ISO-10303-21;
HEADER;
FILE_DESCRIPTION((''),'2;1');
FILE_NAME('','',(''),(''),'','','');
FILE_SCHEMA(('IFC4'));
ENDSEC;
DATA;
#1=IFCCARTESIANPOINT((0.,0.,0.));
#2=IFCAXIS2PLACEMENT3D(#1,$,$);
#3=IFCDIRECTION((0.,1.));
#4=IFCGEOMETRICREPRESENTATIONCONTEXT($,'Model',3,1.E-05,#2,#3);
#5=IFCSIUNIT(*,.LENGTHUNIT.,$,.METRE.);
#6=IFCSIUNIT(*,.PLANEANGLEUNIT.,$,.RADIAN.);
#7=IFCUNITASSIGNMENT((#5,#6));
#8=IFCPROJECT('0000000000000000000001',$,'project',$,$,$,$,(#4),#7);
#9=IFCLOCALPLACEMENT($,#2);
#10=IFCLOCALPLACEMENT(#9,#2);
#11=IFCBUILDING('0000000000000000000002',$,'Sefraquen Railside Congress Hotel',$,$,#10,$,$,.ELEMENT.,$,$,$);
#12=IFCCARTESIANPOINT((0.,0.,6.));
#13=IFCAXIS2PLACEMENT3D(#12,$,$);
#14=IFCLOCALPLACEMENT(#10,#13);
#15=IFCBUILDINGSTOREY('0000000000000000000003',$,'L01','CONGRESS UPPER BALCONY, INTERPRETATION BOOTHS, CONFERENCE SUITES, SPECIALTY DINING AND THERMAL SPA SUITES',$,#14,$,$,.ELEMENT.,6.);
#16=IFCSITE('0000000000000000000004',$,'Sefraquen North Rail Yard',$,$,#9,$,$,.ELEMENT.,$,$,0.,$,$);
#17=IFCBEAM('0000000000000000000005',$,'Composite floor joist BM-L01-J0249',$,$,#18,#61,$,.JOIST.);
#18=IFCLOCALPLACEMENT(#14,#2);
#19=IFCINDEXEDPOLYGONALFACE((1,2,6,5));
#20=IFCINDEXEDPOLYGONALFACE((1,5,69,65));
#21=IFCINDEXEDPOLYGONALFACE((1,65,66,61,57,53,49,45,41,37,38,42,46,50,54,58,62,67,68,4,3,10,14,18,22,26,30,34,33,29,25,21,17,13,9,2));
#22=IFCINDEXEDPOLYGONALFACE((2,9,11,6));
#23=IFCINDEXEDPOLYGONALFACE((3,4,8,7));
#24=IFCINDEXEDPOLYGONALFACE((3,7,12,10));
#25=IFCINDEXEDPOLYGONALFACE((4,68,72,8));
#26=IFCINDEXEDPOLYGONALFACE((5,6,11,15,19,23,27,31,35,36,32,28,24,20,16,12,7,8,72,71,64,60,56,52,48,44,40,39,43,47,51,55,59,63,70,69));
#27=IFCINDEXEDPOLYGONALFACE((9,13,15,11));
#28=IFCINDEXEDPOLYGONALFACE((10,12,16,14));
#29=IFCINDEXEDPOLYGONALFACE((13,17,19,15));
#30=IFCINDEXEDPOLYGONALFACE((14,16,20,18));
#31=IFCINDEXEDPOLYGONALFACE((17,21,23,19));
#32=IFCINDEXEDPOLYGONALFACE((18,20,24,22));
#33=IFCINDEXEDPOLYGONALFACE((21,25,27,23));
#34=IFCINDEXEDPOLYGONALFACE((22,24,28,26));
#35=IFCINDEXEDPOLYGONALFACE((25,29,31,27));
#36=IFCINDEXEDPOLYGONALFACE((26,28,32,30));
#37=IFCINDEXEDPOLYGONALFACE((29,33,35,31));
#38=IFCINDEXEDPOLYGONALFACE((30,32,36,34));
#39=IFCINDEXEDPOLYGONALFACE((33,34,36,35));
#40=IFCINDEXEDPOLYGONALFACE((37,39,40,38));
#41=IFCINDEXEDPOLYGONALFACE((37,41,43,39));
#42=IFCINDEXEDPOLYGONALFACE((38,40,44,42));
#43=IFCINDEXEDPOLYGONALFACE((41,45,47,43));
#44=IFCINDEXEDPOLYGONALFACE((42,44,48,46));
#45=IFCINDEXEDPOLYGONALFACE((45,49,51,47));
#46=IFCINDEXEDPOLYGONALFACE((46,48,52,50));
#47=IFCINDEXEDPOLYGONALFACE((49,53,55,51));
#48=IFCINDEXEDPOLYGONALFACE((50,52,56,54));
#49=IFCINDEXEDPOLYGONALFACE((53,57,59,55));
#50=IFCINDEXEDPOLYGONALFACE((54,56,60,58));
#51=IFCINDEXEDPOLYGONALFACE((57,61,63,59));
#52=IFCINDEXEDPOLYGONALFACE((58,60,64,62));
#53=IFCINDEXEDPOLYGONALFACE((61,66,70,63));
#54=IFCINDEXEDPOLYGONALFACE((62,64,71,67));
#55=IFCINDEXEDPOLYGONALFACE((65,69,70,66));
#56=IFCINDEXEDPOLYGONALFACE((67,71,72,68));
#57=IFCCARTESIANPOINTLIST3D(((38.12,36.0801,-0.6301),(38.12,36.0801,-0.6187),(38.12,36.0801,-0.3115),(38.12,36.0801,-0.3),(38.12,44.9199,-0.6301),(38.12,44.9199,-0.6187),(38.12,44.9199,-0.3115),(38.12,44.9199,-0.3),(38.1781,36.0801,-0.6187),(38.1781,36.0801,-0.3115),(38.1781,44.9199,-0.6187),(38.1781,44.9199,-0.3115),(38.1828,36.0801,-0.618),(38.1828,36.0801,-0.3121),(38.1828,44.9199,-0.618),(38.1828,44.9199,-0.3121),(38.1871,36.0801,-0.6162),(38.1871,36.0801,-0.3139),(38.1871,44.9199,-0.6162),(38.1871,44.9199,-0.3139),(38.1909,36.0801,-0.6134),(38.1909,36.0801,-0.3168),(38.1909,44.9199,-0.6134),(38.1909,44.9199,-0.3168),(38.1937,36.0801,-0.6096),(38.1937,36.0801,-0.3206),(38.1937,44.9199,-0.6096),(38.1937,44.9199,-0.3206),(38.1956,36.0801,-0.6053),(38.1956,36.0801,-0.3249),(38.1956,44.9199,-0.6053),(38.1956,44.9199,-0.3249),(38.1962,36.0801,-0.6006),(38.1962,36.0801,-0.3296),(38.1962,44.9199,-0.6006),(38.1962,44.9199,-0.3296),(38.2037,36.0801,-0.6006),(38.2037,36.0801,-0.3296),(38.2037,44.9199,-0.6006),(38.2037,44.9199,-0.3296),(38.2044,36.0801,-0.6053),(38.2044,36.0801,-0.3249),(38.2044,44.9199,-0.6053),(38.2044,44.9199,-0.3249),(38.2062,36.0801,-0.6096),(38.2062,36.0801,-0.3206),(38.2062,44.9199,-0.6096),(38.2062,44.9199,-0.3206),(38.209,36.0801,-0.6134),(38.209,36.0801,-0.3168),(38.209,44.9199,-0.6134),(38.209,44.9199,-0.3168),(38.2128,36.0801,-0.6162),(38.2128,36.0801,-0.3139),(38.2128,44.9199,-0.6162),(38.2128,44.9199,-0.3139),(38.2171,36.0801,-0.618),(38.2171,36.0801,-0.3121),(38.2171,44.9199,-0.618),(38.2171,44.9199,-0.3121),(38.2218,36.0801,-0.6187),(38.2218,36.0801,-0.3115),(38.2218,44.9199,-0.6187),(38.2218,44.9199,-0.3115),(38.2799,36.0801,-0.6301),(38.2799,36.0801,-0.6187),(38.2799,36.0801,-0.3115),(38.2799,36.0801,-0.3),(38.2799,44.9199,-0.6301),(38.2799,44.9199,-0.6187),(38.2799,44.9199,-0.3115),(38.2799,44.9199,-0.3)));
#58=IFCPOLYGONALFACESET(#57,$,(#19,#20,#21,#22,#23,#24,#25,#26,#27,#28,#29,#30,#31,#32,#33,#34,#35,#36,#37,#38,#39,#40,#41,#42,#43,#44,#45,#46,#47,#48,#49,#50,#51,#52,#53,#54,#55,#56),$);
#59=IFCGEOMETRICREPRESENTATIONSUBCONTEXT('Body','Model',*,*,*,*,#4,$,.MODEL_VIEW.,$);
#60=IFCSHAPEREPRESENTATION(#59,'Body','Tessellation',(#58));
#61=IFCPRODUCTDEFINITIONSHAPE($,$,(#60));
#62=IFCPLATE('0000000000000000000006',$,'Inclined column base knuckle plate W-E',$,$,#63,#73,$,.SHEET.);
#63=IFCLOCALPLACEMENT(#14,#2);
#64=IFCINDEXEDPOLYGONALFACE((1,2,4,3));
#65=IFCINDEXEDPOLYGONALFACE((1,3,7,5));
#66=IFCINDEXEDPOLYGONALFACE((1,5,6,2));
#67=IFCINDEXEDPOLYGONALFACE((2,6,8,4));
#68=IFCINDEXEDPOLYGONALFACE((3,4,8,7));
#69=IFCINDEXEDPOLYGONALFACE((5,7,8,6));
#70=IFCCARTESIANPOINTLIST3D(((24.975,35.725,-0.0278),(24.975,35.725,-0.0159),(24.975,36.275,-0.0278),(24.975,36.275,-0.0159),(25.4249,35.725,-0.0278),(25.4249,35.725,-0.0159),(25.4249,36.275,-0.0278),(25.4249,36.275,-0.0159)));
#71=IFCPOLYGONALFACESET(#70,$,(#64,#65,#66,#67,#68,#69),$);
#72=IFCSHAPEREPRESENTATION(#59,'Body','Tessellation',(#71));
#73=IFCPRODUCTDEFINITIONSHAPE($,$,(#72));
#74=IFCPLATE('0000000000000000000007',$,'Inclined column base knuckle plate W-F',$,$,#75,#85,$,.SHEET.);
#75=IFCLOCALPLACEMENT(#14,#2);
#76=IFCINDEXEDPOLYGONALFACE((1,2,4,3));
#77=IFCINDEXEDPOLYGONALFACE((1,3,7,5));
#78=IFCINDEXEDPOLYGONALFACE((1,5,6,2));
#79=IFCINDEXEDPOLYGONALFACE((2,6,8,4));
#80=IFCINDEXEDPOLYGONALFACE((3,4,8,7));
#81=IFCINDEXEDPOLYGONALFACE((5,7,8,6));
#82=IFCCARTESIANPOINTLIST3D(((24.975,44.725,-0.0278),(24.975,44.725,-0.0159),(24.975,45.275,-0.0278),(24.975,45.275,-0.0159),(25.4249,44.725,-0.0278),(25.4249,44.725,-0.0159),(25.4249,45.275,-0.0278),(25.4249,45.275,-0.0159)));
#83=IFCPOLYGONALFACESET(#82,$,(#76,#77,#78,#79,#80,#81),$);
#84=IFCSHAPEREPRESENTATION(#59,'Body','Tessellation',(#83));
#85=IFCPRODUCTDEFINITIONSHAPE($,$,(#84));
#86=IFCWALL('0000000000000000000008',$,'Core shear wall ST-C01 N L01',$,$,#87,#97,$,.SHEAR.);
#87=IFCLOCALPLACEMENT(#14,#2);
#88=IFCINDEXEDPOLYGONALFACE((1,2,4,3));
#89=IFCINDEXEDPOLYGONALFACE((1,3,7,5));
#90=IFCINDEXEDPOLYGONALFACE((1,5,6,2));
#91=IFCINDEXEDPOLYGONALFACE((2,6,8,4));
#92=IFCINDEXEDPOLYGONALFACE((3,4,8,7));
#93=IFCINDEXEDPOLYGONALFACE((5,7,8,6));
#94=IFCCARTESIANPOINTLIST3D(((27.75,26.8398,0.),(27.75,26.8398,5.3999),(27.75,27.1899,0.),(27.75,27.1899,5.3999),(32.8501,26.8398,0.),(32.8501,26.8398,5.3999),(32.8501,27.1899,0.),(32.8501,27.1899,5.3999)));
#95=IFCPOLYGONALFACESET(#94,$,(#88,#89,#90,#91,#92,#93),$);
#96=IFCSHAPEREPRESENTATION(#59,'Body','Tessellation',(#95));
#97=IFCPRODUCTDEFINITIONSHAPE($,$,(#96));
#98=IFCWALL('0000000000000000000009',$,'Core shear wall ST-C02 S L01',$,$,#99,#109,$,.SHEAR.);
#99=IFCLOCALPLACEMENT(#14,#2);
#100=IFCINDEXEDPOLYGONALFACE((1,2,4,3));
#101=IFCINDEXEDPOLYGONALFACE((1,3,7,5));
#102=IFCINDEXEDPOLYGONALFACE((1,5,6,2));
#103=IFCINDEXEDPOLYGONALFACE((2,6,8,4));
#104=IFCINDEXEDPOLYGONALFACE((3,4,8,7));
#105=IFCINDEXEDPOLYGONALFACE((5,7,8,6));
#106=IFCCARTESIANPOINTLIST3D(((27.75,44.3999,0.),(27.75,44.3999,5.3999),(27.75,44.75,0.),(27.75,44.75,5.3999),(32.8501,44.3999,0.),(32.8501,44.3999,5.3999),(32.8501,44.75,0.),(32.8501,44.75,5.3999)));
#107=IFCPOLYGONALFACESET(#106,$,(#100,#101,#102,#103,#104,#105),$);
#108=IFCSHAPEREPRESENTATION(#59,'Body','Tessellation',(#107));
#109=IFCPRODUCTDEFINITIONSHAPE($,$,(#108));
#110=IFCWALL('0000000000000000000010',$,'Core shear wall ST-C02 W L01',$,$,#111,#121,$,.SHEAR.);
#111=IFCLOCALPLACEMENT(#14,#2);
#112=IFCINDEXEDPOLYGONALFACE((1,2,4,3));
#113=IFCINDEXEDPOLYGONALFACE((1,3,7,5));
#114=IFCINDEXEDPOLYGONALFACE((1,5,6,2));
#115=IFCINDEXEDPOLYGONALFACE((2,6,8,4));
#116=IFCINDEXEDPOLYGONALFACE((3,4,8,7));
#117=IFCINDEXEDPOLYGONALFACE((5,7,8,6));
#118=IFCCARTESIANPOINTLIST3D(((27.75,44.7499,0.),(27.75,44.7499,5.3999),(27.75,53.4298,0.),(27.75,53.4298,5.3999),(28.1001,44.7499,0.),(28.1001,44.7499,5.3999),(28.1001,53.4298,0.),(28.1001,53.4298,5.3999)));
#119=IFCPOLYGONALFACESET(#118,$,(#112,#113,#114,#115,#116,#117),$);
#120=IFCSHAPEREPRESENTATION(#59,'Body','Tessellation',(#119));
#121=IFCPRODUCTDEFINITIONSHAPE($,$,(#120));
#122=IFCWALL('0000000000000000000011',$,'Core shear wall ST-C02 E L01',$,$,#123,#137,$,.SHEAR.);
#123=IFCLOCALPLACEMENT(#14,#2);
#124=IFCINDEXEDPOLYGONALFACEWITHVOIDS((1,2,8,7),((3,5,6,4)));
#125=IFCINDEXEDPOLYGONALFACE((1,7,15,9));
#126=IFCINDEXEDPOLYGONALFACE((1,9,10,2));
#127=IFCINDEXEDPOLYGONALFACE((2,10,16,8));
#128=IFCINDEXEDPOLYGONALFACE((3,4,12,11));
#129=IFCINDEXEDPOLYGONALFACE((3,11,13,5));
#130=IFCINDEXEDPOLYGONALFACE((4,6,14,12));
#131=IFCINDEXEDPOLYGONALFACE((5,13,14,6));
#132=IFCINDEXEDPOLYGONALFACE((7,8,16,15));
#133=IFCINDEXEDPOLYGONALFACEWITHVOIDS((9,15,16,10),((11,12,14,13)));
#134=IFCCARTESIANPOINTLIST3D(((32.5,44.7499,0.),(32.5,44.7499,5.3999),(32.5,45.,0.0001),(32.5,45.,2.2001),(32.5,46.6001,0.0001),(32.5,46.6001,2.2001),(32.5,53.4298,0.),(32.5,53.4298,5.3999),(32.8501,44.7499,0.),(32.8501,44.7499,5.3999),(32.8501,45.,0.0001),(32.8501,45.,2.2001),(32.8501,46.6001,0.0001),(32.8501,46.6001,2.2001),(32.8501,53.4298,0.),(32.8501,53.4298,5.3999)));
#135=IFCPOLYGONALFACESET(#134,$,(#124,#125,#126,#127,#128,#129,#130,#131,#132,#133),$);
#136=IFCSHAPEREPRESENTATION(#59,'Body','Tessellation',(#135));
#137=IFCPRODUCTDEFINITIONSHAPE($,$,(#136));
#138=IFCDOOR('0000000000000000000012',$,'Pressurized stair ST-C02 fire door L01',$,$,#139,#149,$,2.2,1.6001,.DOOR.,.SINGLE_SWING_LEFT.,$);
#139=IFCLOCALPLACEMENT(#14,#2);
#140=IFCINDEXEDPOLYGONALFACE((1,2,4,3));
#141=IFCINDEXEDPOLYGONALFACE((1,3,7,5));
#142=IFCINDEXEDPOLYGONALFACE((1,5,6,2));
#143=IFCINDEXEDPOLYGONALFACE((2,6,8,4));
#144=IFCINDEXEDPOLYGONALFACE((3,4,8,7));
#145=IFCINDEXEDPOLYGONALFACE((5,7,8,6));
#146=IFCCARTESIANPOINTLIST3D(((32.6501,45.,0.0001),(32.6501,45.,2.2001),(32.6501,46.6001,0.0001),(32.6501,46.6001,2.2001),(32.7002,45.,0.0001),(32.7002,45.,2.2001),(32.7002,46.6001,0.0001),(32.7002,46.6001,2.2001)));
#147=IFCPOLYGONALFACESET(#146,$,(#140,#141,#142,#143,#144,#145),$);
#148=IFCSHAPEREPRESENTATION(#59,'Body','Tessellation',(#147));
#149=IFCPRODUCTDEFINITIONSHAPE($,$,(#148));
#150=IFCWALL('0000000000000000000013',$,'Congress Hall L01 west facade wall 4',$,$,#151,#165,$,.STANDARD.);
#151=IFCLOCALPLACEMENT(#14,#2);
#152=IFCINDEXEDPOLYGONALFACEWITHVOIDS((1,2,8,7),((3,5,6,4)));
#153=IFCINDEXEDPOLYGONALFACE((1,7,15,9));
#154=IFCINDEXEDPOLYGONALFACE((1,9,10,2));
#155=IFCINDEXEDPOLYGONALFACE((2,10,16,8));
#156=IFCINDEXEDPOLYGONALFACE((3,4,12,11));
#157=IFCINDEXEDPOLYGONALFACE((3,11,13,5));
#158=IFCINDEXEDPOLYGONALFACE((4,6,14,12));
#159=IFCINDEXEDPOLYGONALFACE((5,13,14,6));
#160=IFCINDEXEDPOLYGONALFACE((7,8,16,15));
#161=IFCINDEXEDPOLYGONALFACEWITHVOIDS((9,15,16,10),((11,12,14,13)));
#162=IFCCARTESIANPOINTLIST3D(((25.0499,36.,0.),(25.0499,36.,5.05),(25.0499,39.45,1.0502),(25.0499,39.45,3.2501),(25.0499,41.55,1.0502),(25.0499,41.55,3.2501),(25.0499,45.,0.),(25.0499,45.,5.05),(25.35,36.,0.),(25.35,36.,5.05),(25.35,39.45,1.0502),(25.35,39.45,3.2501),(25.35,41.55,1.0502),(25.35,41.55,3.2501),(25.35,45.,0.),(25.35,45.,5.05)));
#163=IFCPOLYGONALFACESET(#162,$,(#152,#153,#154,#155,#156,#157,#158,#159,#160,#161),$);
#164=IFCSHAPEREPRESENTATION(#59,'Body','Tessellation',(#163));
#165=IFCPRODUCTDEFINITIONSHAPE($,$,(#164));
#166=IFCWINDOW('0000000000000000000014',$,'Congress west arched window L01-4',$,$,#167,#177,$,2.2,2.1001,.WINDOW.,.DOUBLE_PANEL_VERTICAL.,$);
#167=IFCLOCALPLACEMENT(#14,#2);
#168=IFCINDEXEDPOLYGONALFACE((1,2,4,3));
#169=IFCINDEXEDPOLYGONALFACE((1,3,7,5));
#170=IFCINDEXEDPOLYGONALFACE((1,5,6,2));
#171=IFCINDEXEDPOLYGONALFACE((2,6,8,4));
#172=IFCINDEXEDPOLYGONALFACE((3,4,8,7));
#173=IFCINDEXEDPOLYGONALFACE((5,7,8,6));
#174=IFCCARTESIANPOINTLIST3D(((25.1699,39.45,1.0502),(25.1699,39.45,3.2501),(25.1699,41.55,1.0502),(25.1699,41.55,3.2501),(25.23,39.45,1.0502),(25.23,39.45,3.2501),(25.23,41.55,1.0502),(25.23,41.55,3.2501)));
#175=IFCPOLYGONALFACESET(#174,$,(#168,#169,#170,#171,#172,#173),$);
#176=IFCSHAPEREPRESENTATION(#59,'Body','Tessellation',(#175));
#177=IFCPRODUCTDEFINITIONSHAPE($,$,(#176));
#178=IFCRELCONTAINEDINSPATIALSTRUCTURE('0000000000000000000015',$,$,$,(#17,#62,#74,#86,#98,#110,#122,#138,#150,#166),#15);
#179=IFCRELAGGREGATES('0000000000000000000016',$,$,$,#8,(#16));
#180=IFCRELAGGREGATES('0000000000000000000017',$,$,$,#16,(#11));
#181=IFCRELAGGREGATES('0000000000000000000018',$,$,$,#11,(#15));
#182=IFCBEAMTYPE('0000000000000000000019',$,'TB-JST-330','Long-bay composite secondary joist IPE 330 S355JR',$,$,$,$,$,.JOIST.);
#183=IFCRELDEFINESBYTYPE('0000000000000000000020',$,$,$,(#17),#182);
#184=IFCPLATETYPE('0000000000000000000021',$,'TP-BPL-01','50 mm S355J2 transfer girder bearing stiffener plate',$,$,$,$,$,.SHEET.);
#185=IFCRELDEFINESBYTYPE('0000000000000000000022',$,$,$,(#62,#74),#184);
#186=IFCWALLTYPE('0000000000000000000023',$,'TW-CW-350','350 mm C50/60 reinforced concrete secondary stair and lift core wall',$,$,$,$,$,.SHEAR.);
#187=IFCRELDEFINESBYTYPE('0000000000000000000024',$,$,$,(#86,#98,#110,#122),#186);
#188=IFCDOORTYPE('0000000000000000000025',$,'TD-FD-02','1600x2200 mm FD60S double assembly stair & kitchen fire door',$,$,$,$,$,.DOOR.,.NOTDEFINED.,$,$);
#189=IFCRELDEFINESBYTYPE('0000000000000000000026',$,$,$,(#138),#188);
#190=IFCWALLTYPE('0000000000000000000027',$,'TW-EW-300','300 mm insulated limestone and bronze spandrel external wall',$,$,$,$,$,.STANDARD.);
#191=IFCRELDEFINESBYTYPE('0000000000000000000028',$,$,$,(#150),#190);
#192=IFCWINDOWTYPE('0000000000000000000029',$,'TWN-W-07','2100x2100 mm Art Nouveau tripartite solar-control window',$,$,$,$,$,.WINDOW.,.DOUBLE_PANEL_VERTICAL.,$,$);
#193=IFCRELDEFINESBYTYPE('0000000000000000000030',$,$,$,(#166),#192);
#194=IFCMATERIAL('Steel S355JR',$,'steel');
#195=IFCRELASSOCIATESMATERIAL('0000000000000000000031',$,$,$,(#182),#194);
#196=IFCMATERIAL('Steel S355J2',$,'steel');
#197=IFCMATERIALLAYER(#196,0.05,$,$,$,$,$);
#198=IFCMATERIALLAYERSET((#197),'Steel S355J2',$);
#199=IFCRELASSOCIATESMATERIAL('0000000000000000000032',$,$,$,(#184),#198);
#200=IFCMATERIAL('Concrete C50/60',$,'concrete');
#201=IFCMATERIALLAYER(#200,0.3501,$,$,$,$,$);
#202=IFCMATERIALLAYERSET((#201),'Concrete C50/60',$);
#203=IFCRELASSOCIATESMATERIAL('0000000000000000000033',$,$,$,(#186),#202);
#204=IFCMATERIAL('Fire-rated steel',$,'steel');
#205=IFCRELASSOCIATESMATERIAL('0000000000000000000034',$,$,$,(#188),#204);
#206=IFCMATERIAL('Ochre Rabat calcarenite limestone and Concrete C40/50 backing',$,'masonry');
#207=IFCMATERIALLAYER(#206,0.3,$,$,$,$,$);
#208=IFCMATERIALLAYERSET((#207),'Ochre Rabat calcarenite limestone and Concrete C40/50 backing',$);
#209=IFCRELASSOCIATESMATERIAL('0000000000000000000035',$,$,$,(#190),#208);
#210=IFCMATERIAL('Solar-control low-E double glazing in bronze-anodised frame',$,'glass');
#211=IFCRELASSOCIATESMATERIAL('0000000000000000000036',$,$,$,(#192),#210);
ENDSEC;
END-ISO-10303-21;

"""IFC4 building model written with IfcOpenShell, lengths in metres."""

from ifc_helpers import new_model, si_unit, direction, frame, frame_2d, origin, origin_2d, place, context, subcontext, project, spatial, rectangle, i_section, extrude, material, layer, layer_set, material_profile, profile_set, type_object, element, fill, save


model = new_model("IFC4")

# Units and contexts
model_context = context("Model", 3, precision=1e-05, world=origin(), true_north=direction((0.0, 1.0)))
body_context = subcontext(model_context, "Body", "Model", "MODEL_VIEW")
ifc_project = project(units=[si_unit("LENGTHUNIT", "METRE"), si_unit("PLANEANGLEUNIT", "RADIAN")], contexts=[model_context])

# Site, building, storey
site_placement = place(None, origin())
site = spatial("IfcSite", under=ifc_project, at=site_placement, Name="Sefraquen North Rail Yard", CompositionType="ELEMENT", RefElevation=0.0)
building_placement = place(site_placement, origin())
building = spatial("IfcBuilding", under=site, at=building_placement, Name="Sefraquen Railside Congress Hotel", CompositionType="ELEMENT")
storey_placement = place(building_placement, frame((0.0, 0.0, 6.0)))
storey = spatial("IfcBuildingStorey", under=building, at=storey_placement, Name="L01", Description="CONGRESS UPPER BALCONY, INTERPRETATION BOOTHS, CONFERENCE SUITES, SPECIALTY DINING AND THERMAL SPA SUITES", CompositionType="ELEMENT", Elevation=6.0)

# Shared definitions
ifc_material_1 = material(Name="Steel S355JR", Category="steel")
ifc_material_2 = material(Name="Steel S355J2", Category="steel")

# Beam
ifc_material_profile_1 = material_profile(ifc_material_1, i_section(OverallWidth=0.1599, OverallDepth=0.3301, WebThickness=0.0076, FlangeThickness=0.0115, FilletRadius=0.0181, at=origin_2d()), Name="IPE 330")
ifc_profile_set_1 = profile_set([ifc_material_profile_1], Name="Steel S355JR")
beam_type_1 = type_object("IfcBeamType", Name="TB-JST-330", Description="Long-bay composite secondary joist IPE 330 S355JR", PredefinedType="JOIST", material=ifc_profile_set_1)
for number, where, z_axis, x_axis, name in (
    (1, (38.2, 36.0801, -0.4651), (0.0, 1.0, 0.0), (-1.0, 0.0, 0.0), "Composite floor joist BM-L01-J0249"),
):
    element("IfcBeam", number, at=place(storey_placement, frame(where, z_axis=z_axis, x_axis=x_axis)), inside=storey, type_object=beam_type_1, Name=name, PredefinedType="JOIST", context=body_context, shape_type="SweptSolid", body=[
        extrude(i_section(OverallWidth=0.1599, OverallDepth=0.3301, WebThickness=0.0076, FlangeThickness=0.0115, FilletRadius=0.0181, at=origin_2d()), origin(), (0.0, 0.0, 1.0), 8.8398),
    ])

# Plates
ifc_layer_1 = layer(ifc_material_2, 0.05)
ifc_layer_set_1 = layer_set([ifc_layer_1], Name="Steel S355J2")
plate_type = type_object("IfcPlateType", Name="TP-BPL-01", Description="50 mm S355J2 transfer girder bearing stiffener plate", PredefinedType="SHEET", material=ifc_layer_set_1)
for number, where, z_axis, x_axis, name in (
    (2, (25.2, 36.0, -0.0278), (0.0, 0.0, 1.0), (1.0, 0.0, 0.0), "Inclined column base knuckle plate W-E"),
    (3, (25.2, 45.0, -0.0278), (0.0, 0.0, 1.0), (1.0, 0.0, 0.0), "Inclined column base knuckle plate W-F"),
):
    element("IfcPlate", number, at=place(storey_placement, frame(where, z_axis=z_axis, x_axis=x_axis)), inside=storey, type_object=plate_type, Name=name, PredefinedType="SHEET", context=body_context, shape_type="SweptSolid", body=[
        extrude(rectangle(XDim=0.45, YDim=0.55, at=origin_2d()), origin(), (0.0, 0.0, 1.0), 0.012),
    ])

# Walls
ifc_material_3 = material(Name="Concrete C50/60", Category="concrete")
ifc_layer_2 = layer(ifc_material_3, 0.3501)
ifc_layer_set_2 = layer_set([ifc_layer_2], Name="Concrete C50/60")
wall_type_1 = type_object("IfcWallType", Name="TW-CW-350", Description="350 mm C50/60 reinforced concrete secondary stair and lift core wall", PredefinedType="SHEAR", material=ifc_layer_set_2)
for number, where, z_axis, x_axis, name in (
    (4, (27.75, 27.0149, 0.0), (0.0, 0.0, 1.0), (1.0, 0.0, 0.0), "Core shear wall ST-C01 N L01"),
    (5, (27.75, 44.575, 0.0), (0.0, 0.0, 1.0), (1.0, 0.0, 0.0), "Core shear wall ST-C02 S L01"),
):
    element("IfcWall", number, at=place(storey_placement, frame(where, z_axis=z_axis, x_axis=x_axis)), inside=storey, type_object=wall_type_1, Name=name, PredefinedType="SHEAR", context=body_context, shape_type="SweptSolid", body=[
        extrude(rectangle(XDim=5.1001, YDim=0.3501, at=frame_2d((2.55, 0.0))), origin(), (0.0, 0.0, 1.0), 5.3999),
    ])
wall_1_placement = place(storey_placement, frame((27.925, 44.75, 0.0), z_axis=(0.0, 0.0, 1.0), x_axis=(0.0, 1.0, 0.0)))
element("IfcWall", 6, at=wall_1_placement, inside=storey, type_object=wall_type_1, Name="Core shear wall ST-C02 W L01", PredefinedType="SHEAR", context=body_context, shape_type="SweptSolid", body=[
    extrude(rectangle(XDim=8.6799, YDim=0.3501, at=frame_2d((4.3398, 0.0))), origin(), (0.0, 0.0, 1.0), 5.3999),
])

# Wall, opening, door
wall_2_placement = place(storey_placement, frame((32.675, 44.75, 0.0), z_axis=(0.0, 0.0, 1.0), x_axis=(0.0, 1.0, 0.0)))
wall_2 = element("IfcWall", 7, at=wall_2_placement, inside=storey, type_object=wall_type_1, Name="Core shear wall ST-C02 E L01", PredefinedType="SHEAR", context=body_context, shape_type="SweptSolid", body=[
    extrude(rectangle(XDim=8.6799, YDim=0.3501, at=frame_2d((4.3398, 0.0))), origin(), (0.0, 0.0, 1.0), 5.3999),
])
opening_1_placement = place(wall_2_placement, frame((0.25, 0.0, 0.0)))
opening_1 = element("IfcOpeningElement", 8, at=opening_1_placement, cuts=wall_2, PredefinedType="OPENING", context=body_context, shape_type="SweptSolid", body=[
    extrude(rectangle(XDim=1.6001, YDim=2.2, at=frame_2d((0.8, 1.1001))), frame((0.0, 0.1851, 0.0), z_axis=(0.0, -1.0, 0.0), x_axis=(1.0, 0.0, 0.0)), (0.0, 0.0, 1.0), 0.3701),
])
ifc_material_4 = material(Name="Fire-rated steel", Category="steel")
door_type_1 = type_object("IfcDoorType", Name="TD-FD-02", Description="1600x2200 mm FD60S double assembly stair & kitchen fire door", OperationType="NOTDEFINED", PredefinedType="DOOR", material=ifc_material_4)
door_1_placement = place(opening_1_placement, origin())
door_1 = element("IfcDoor", 9, at=door_1_placement, inside=storey, type_object=door_type_1, Name="Pressurized stair ST-C02 fire door L01", OperationType="SINGLE_SWING_LEFT", OverallHeight=2.2, OverallWidth=1.6001, PredefinedType="DOOR", context=body_context, shape_type="SweptSolid", body=[
    extrude(rectangle(XDim=1.6001, YDim=2.2, at=frame_2d((0.8, 1.1001))), frame((0.0, 0.0249, 0.0), z_axis=(0.0, -1.0, 0.0), x_axis=(1.0, 0.0, 0.0)), (0.0, 0.0, 1.0), 0.05),
])
fill(opening_1, door_1)

# Wall, opening, window
ifc_material_5 = material(Name="Ochre Rabat calcarenite limestone and Concrete C40/50 backing", Category="masonry")
ifc_layer_3 = layer(ifc_material_5, 0.3)
ifc_layer_set_3 = layer_set([ifc_layer_3], Name="Ochre Rabat calcarenite limestone and Concrete C40/50 backing")
wall_type_2 = type_object("IfcWallType", Name="TW-EW-300", Description="300 mm insulated limestone and bronze spandrel external wall", PredefinedType="STANDARD", material=ifc_layer_set_3)
wall_3_placement = place(storey_placement, frame((25.2, 36.0, 0.0), z_axis=(0.0, 0.0, 1.0), x_axis=(0.0, 1.0, 0.0)))
wall_3 = element("IfcWall", 10, at=wall_3_placement, inside=storey, type_object=wall_type_2, Name="Congress Hall L01 west facade wall 4", PredefinedType="STANDARD", context=body_context, shape_type="SweptSolid", body=[
    extrude(rectangle(XDim=9.0, YDim=0.3, at=frame_2d((4.5, 0.0))), origin(), (0.0, 0.0, 1.0), 5.05),
])
opening_2_placement = place(wall_3_placement, frame((3.45, 0.0, 1.05)))
opening_2 = element("IfcOpeningElement", 11, at=opening_2_placement, cuts=wall_3, PredefinedType="OPENING", context=body_context, shape_type="SweptSolid", body=[
    extrude(rectangle(XDim=2.1001, YDim=2.2, at=frame_2d((1.05, 1.1001))), frame((0.0, 0.1599, 0.0), z_axis=(0.0, -1.0, 0.0), x_axis=(1.0, 0.0, 0.0)), (0.0, 0.0, 1.0), 0.3201),
])
ifc_material_6 = material(Name="Solar-control low-E double glazing in bronze-anodised frame", Category="glass")
window_type = type_object("IfcWindowType", Name="TWN-W-07", Description="2100x2100 mm Art Nouveau tripartite solar-control window", PartitioningType="DOUBLE_PANEL_VERTICAL", PredefinedType="WINDOW", material=ifc_material_6)
window_1_placement = place(opening_2_placement, origin())
window_1 = element("IfcWindow", 12, at=window_1_placement, inside=storey, type_object=window_type, Name="Congress west arched window L01-4", OverallHeight=2.2, OverallWidth=2.1001, PartitioningType="DOUBLE_PANEL_VERTICAL", PredefinedType="WINDOW", context=body_context, shape_type="SweptSolid", body=[
    extrude(rectangle(XDim=2.1001, YDim=2.2, at=frame_2d((1.05, 1.1001))), frame((0.0, 0.03, 0.0), z_axis=(0.0, -1.0, 0.0), x_axis=(1.0, 0.0, 0.0)), (0.0, 0.0, 1.0), 0.0601),
])
fill(opening_2, window_1)

save(model, "model.ifc")
